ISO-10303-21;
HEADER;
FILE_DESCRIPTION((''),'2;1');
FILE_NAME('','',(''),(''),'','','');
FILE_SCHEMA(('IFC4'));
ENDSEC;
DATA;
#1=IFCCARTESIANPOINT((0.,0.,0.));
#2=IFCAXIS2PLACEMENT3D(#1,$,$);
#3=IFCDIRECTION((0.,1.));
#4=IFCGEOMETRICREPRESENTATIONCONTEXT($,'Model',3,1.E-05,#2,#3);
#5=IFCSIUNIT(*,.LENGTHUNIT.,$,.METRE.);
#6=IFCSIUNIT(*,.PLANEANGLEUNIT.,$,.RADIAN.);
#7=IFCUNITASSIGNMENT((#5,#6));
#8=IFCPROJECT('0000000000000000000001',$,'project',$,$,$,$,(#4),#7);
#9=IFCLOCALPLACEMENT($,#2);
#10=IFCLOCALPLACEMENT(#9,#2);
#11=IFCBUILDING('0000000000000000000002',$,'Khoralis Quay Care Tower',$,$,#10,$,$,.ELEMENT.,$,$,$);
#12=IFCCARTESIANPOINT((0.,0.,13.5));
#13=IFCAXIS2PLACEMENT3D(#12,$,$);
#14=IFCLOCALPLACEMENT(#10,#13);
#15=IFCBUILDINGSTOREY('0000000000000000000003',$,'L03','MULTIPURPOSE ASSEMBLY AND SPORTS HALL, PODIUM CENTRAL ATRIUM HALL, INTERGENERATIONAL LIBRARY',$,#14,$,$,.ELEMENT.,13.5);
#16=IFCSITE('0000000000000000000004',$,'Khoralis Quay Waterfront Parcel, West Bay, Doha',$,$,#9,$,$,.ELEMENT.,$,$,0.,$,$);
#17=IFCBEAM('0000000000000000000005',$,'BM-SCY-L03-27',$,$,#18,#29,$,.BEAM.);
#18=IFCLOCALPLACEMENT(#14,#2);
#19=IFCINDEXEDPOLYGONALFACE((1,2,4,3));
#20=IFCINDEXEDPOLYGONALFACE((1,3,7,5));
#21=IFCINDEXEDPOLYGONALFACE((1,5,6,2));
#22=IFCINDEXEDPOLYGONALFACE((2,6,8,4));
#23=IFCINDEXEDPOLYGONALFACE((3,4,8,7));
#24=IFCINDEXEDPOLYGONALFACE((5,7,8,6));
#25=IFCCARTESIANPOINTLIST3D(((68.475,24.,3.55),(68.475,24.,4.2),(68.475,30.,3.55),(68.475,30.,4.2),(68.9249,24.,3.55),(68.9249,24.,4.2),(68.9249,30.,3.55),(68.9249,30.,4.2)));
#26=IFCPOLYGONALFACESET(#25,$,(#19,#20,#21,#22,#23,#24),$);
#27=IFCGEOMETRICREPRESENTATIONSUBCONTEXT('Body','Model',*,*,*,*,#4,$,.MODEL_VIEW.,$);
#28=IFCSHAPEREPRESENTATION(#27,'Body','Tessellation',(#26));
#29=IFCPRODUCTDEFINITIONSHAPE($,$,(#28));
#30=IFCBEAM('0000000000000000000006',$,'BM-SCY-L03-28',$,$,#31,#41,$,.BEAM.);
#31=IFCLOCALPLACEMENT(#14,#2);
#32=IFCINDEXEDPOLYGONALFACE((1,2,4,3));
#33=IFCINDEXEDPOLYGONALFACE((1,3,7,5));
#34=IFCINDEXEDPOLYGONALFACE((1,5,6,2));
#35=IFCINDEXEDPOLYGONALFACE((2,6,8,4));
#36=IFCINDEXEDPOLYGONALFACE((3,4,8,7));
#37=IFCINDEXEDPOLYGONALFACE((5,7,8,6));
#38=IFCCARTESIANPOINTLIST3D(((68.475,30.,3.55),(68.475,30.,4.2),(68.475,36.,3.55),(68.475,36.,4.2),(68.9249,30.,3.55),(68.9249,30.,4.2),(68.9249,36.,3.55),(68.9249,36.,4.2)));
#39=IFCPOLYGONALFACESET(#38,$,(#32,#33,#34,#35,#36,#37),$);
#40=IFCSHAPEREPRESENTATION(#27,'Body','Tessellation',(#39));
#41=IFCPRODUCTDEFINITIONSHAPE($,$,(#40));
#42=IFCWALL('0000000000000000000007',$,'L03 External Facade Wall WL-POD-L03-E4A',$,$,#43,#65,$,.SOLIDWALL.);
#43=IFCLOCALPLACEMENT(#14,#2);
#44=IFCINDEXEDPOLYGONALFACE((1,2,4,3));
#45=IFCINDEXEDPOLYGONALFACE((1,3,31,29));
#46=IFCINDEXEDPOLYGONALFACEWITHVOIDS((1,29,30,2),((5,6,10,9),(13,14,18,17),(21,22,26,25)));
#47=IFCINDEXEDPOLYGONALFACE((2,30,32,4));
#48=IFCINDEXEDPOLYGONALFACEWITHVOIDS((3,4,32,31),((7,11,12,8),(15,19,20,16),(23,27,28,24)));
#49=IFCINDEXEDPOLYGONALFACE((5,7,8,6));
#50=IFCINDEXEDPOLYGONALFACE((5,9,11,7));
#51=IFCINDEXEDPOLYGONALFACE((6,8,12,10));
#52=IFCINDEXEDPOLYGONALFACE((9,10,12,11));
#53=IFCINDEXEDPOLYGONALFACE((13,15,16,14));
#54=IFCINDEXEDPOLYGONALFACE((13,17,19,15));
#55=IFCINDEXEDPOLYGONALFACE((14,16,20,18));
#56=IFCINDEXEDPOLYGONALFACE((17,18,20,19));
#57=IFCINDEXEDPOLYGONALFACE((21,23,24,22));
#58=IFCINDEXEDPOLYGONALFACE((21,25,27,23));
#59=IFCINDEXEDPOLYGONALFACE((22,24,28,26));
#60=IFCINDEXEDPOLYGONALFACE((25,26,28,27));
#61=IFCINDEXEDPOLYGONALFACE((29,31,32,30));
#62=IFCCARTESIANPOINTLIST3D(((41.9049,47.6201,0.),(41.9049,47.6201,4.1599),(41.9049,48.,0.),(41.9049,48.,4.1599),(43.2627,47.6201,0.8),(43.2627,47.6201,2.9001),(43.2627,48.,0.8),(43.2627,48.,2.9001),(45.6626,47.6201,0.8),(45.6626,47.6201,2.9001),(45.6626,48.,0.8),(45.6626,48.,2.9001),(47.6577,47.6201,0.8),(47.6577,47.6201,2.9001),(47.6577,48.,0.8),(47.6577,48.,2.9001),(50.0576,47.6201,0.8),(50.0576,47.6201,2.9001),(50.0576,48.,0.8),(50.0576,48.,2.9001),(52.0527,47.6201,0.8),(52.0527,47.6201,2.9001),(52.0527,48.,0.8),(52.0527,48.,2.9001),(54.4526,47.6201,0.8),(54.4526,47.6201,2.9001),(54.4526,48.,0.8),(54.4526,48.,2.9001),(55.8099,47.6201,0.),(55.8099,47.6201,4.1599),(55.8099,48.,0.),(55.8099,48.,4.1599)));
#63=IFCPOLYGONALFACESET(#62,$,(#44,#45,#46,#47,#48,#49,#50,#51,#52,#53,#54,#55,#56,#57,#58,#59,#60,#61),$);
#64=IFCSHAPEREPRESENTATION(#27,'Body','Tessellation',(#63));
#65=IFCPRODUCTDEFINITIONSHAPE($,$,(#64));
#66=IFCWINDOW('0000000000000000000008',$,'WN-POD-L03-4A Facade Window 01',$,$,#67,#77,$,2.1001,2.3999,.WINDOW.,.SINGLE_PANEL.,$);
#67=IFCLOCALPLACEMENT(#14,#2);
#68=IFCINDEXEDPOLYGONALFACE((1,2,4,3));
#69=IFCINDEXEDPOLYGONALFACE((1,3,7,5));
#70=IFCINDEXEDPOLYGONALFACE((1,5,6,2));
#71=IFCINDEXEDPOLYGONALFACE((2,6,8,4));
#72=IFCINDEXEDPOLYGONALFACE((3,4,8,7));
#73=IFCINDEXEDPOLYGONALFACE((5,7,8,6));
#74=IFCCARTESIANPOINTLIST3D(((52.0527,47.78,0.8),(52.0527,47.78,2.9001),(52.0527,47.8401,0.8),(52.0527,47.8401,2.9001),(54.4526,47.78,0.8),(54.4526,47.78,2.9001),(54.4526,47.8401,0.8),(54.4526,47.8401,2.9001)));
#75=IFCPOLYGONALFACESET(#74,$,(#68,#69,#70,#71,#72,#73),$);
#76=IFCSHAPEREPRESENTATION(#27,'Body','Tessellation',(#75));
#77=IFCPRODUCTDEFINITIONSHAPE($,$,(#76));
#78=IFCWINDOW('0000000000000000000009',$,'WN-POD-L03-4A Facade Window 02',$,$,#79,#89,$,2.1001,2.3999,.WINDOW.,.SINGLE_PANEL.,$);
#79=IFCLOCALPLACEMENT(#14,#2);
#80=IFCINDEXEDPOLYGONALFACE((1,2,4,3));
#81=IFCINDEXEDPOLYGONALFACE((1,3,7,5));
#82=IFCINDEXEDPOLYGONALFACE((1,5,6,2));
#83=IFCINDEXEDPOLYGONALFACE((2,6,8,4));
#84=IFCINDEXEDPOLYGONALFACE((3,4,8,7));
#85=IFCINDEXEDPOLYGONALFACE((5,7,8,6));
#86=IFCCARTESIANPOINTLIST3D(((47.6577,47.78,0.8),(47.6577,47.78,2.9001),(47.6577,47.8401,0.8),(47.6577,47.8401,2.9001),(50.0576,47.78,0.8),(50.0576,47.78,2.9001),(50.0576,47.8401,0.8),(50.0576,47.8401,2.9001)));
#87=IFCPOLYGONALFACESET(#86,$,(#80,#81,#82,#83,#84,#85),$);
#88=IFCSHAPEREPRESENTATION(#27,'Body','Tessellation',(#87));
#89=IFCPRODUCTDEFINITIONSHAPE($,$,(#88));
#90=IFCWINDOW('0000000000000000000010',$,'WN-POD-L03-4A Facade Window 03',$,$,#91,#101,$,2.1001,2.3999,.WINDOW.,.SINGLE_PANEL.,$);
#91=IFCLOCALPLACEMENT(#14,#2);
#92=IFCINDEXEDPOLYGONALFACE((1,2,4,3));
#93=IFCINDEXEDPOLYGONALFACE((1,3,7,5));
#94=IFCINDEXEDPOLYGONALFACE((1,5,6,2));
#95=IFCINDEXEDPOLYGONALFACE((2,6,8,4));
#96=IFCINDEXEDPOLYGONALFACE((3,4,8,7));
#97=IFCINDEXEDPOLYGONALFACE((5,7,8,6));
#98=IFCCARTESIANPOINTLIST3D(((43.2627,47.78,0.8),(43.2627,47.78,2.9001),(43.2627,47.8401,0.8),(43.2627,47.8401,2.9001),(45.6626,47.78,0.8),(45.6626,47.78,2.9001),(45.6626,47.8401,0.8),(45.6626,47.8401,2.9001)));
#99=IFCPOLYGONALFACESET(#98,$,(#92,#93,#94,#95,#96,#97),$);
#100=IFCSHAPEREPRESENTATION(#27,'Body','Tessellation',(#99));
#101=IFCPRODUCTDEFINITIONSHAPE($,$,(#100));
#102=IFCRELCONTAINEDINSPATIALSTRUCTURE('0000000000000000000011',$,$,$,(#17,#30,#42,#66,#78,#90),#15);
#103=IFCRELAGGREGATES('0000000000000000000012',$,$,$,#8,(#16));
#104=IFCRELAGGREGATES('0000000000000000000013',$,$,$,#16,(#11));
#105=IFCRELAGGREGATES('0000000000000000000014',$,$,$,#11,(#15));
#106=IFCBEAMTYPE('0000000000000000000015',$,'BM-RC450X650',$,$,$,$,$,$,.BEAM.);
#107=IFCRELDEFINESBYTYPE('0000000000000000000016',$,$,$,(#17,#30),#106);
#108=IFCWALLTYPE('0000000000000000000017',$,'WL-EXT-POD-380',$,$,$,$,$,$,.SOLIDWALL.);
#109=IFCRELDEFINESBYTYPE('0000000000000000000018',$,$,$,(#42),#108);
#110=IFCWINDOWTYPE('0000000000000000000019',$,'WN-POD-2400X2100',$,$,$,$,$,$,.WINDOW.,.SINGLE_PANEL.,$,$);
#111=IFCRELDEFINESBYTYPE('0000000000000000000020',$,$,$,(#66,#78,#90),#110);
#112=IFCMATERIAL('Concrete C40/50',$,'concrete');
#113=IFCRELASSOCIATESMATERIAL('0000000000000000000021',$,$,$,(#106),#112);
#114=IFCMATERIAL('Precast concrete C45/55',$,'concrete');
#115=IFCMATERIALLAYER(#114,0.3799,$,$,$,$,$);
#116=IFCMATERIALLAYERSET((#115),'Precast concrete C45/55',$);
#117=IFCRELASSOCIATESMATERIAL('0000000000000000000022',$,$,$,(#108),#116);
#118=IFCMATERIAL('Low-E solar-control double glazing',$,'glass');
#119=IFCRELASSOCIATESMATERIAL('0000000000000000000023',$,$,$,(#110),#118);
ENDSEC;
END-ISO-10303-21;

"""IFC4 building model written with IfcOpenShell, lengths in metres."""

from ifc_helpers import new_model, si_unit, direction, frame, frame_2d, origin, origin_2d, place, context, subcontext, project, spatial, rectangle, extrude, source, transform, mapped, material, layer, layer_set, material_profile, profile_set, type_object, element, fill, save


model = new_model("IFC4")

# Units and contexts
model_context = context("Model", 3, precision=1e-05, world=origin(), true_north=direction((0.0, 1.0)))
body_context = subcontext(model_context, "Body", "Model", "MODEL_VIEW")
ifc_project = project(units=[si_unit("LENGTHUNIT", "METRE"), si_unit("PLANEANGLEUNIT", "RADIAN")], contexts=[model_context])

# Site, building, storey
site_placement = place(None, origin())
site = spatial("IfcSite", under=ifc_project, at=site_placement, Name="Khoralis Quay Waterfront Parcel, West Bay, Doha", CompositionType="ELEMENT", RefElevation=0.0)
building_placement = place(site_placement, origin())
building = spatial("IfcBuilding", under=site, at=building_placement, Name="Khoralis Quay Care Tower", CompositionType="ELEMENT")
storey_placement = place(building_placement, frame((0.0, 0.0, 13.5)))
storey = spatial("IfcBuildingStorey", under=building, at=storey_placement, Name="L03", Description="MULTIPURPOSE ASSEMBLY AND SPORTS HALL, PODIUM CENTRAL ATRIUM HALL, INTERGENERATIONAL LIBRARY", CompositionType="ELEMENT", Elevation=13.5)

# Shared definitions
ifc_material_1 = material(Name="Concrete C40/50", Category="concrete")

# Beams
ifc_material_profile_1 = material_profile(ifc_material_1, rectangle(XDim=0.45, YDim=0.6499, at=origin_2d()), Name="Concrete C40/50")
ifc_profile_set_1 = profile_set([ifc_material_profile_1], Name="Concrete C40/50")
beam_type_1 = type_object("IfcBeamType", Name="BM-RC450X650", PredefinedType="BEAM", material=ifc_profile_set_1)
shared_shape_1 = source(origin(), body_context, "Body", "SweptSolid", [
    extrude(rectangle(XDim=0.45, YDim=0.6499, at=origin_2d()), origin(), (0.0, 0.0, 1.0), 6.0),
])
for number, where, z_axis, x_axis, name in (
    (1, (68.7, 24.0, 3.875), (0.0, 1.0, 0.0), (-1.0, 0.0, 0.0), "BM-SCY-L03-27"),
    (2, (68.7, 30.0, 3.875), (0.0, 1.0, 0.0), (-1.0, 0.0, 0.0), "BM-SCY-L03-28"),
):
    element("IfcBeam", number, at=place(storey_placement, frame(where, z_axis=z_axis, x_axis=x_axis)), inside=storey, type_object=beam_type_1, Name=name, PredefinedType="BEAM", context=body_context, shape_type="MappedRepresentation", body=[
        mapped(shared_shape_1, transform((0.0, 0.0, 0.0), scale=1.0)),
    ])

# Wall, openings, windows
ifc_material_2 = material(Name="Precast concrete C45/55", Category="concrete")
ifc_layer_1 = layer(ifc_material_2, 0.3799)
ifc_layer_set_1 = layer_set([ifc_layer_1], Name="Precast concrete C45/55")
wall_type_1 = type_object("IfcWallType", Name="WL-EXT-POD-380", PredefinedType="SOLIDWALL", material=ifc_layer_set_1)
wall_1_placement = place(storey_placement, frame((55.8101, 47.8101, 0.0), z_axis=(0.0, 0.0, 1.0), x_axis=(-1.0, 0.0, 0.0)))
wall_1 = element("IfcWall", 3, at=wall_1_placement, inside=storey, type_object=wall_type_1, Name="L03 External Facade Wall WL-POD-L03-E4A", PredefinedType="SOLIDWALL", context=body_context, shape_type="SweptSolid", body=[
    extrude(rectangle(XDim=13.905, YDim=0.3799, at=frame_2d((6.9526, 0.0))), origin(), (0.0, 0.0, 1.0), 4.1599),
])
opening_1_placement = place(wall_1_placement, frame((1.3574, 0.0, 0.8)))
opening_1 = element("IfcOpeningElement", 4, at=opening_1_placement, cuts=wall_1, PredefinedType="OPENING", context=body_context, shape_type="SweptSolid", body=[
    extrude(rectangle(XDim=2.3999, YDim=2.1001, at=frame_2d((1.2, 1.05))), frame((0.0, 0.2, 0.0), z_axis=(0.0, -1.0, 0.0), x_axis=(1.0, 0.0, 0.0)), (0.0, 0.0, 1.0), 0.3999),
])
opening_2_placement = place(wall_1_placement, frame((5.7524, 0.0, 0.8)))
opening_2 = element("IfcOpeningElement", 5, at=opening_2_placement, cuts=wall_1, PredefinedType="OPENING", context=body_context, shape_type="SweptSolid", body=[
    extrude(rectangle(XDim=2.3999, YDim=2.1001, at=frame_2d((1.2, 1.05))), frame((0.0, 0.2, 0.0), z_axis=(0.0, -1.0, 0.0), x_axis=(1.0, 0.0, 0.0)), (0.0, 0.0, 1.0), 0.3999),
])
opening_3_placement = place(wall_1_placement, frame((10.1475, 0.0, 0.8)))
opening_3 = element("IfcOpeningElement", 6, at=opening_3_placement, cuts=wall_1, PredefinedType="OPENING", context=body_context, shape_type="SweptSolid", body=[
    extrude(rectangle(XDim=2.3999, YDim=2.1001, at=frame_2d((1.2, 1.05))), frame((0.0, 0.2, 0.0), z_axis=(0.0, -1.0, 0.0), x_axis=(1.0, 0.0, 0.0)), (0.0, 0.0, 1.0), 0.3999),
])
ifc_material_3 = material(Name="Low-E solar-control double glazing", Category="glass")
window_type_1 = type_object("IfcWindowType", Name="WN-POD-2400X2100", PartitioningType="SINGLE_PANEL", PredefinedType="WINDOW", material=ifc_material_3)
shared_shape_2 = source(origin(), body_context, "Body", "SweptSolid", [
    extrude(rectangle(XDim=2.3999, YDim=2.1001, at=frame_2d((1.2, 1.05))), frame((0.0, 0.03, 0.0), z_axis=(0.0, -1.0, 0.0), x_axis=(1.0, 0.0, 0.0)), (0.0, 0.0, 1.0), 0.0601),
])
window_1_placement = place(opening_1_placement, origin())
window_1 = element("IfcWindow", 7, at=window_1_placement, inside=storey, type_object=window_type_1, Name="WN-POD-L03-4A Facade Window 01", OverallHeight=2.1001, OverallWidth=2.3999, PartitioningType="SINGLE_PANEL", PredefinedType="WINDOW", context=body_context, shape_type="MappedRepresentation", body=[
    mapped(shared_shape_2, transform((0.0, 0.0, 0.0), scale=1.0)),
])
fill(opening_1, window_1)
window_2_placement = place(opening_2_placement, origin())
window_2 = element("IfcWindow", 8, at=window_2_placement, inside=storey, type_object=window_type_1, Name="WN-POD-L03-4A Facade Window 02", OverallHeight=2.1001, OverallWidth=2.3999, PartitioningType="SINGLE_PANEL", PredefinedType="WINDOW", context=body_context, shape_type="MappedRepresentation", body=[
    mapped(shared_shape_2, transform((0.0, 0.0, 0.0), scale=1.0)),
])
fill(opening_2, window_2)
window_3_placement = place(opening_3_placement, origin())
window_3 = element("IfcWindow", 9, at=window_3_placement, inside=storey, type_object=window_type_1, Name="WN-POD-L03-4A Facade Window 03", OverallHeight=2.1001, OverallWidth=2.3999, PartitioningType="SINGLE_PANEL", PredefinedType="WINDOW", context=body_context, shape_type="MappedRepresentation", body=[
    mapped(shared_shape_2, transform((0.0, 0.0, 0.0), scale=1.0)),
])
fill(opening_3, window_3)

save(model, "model.ifc")
